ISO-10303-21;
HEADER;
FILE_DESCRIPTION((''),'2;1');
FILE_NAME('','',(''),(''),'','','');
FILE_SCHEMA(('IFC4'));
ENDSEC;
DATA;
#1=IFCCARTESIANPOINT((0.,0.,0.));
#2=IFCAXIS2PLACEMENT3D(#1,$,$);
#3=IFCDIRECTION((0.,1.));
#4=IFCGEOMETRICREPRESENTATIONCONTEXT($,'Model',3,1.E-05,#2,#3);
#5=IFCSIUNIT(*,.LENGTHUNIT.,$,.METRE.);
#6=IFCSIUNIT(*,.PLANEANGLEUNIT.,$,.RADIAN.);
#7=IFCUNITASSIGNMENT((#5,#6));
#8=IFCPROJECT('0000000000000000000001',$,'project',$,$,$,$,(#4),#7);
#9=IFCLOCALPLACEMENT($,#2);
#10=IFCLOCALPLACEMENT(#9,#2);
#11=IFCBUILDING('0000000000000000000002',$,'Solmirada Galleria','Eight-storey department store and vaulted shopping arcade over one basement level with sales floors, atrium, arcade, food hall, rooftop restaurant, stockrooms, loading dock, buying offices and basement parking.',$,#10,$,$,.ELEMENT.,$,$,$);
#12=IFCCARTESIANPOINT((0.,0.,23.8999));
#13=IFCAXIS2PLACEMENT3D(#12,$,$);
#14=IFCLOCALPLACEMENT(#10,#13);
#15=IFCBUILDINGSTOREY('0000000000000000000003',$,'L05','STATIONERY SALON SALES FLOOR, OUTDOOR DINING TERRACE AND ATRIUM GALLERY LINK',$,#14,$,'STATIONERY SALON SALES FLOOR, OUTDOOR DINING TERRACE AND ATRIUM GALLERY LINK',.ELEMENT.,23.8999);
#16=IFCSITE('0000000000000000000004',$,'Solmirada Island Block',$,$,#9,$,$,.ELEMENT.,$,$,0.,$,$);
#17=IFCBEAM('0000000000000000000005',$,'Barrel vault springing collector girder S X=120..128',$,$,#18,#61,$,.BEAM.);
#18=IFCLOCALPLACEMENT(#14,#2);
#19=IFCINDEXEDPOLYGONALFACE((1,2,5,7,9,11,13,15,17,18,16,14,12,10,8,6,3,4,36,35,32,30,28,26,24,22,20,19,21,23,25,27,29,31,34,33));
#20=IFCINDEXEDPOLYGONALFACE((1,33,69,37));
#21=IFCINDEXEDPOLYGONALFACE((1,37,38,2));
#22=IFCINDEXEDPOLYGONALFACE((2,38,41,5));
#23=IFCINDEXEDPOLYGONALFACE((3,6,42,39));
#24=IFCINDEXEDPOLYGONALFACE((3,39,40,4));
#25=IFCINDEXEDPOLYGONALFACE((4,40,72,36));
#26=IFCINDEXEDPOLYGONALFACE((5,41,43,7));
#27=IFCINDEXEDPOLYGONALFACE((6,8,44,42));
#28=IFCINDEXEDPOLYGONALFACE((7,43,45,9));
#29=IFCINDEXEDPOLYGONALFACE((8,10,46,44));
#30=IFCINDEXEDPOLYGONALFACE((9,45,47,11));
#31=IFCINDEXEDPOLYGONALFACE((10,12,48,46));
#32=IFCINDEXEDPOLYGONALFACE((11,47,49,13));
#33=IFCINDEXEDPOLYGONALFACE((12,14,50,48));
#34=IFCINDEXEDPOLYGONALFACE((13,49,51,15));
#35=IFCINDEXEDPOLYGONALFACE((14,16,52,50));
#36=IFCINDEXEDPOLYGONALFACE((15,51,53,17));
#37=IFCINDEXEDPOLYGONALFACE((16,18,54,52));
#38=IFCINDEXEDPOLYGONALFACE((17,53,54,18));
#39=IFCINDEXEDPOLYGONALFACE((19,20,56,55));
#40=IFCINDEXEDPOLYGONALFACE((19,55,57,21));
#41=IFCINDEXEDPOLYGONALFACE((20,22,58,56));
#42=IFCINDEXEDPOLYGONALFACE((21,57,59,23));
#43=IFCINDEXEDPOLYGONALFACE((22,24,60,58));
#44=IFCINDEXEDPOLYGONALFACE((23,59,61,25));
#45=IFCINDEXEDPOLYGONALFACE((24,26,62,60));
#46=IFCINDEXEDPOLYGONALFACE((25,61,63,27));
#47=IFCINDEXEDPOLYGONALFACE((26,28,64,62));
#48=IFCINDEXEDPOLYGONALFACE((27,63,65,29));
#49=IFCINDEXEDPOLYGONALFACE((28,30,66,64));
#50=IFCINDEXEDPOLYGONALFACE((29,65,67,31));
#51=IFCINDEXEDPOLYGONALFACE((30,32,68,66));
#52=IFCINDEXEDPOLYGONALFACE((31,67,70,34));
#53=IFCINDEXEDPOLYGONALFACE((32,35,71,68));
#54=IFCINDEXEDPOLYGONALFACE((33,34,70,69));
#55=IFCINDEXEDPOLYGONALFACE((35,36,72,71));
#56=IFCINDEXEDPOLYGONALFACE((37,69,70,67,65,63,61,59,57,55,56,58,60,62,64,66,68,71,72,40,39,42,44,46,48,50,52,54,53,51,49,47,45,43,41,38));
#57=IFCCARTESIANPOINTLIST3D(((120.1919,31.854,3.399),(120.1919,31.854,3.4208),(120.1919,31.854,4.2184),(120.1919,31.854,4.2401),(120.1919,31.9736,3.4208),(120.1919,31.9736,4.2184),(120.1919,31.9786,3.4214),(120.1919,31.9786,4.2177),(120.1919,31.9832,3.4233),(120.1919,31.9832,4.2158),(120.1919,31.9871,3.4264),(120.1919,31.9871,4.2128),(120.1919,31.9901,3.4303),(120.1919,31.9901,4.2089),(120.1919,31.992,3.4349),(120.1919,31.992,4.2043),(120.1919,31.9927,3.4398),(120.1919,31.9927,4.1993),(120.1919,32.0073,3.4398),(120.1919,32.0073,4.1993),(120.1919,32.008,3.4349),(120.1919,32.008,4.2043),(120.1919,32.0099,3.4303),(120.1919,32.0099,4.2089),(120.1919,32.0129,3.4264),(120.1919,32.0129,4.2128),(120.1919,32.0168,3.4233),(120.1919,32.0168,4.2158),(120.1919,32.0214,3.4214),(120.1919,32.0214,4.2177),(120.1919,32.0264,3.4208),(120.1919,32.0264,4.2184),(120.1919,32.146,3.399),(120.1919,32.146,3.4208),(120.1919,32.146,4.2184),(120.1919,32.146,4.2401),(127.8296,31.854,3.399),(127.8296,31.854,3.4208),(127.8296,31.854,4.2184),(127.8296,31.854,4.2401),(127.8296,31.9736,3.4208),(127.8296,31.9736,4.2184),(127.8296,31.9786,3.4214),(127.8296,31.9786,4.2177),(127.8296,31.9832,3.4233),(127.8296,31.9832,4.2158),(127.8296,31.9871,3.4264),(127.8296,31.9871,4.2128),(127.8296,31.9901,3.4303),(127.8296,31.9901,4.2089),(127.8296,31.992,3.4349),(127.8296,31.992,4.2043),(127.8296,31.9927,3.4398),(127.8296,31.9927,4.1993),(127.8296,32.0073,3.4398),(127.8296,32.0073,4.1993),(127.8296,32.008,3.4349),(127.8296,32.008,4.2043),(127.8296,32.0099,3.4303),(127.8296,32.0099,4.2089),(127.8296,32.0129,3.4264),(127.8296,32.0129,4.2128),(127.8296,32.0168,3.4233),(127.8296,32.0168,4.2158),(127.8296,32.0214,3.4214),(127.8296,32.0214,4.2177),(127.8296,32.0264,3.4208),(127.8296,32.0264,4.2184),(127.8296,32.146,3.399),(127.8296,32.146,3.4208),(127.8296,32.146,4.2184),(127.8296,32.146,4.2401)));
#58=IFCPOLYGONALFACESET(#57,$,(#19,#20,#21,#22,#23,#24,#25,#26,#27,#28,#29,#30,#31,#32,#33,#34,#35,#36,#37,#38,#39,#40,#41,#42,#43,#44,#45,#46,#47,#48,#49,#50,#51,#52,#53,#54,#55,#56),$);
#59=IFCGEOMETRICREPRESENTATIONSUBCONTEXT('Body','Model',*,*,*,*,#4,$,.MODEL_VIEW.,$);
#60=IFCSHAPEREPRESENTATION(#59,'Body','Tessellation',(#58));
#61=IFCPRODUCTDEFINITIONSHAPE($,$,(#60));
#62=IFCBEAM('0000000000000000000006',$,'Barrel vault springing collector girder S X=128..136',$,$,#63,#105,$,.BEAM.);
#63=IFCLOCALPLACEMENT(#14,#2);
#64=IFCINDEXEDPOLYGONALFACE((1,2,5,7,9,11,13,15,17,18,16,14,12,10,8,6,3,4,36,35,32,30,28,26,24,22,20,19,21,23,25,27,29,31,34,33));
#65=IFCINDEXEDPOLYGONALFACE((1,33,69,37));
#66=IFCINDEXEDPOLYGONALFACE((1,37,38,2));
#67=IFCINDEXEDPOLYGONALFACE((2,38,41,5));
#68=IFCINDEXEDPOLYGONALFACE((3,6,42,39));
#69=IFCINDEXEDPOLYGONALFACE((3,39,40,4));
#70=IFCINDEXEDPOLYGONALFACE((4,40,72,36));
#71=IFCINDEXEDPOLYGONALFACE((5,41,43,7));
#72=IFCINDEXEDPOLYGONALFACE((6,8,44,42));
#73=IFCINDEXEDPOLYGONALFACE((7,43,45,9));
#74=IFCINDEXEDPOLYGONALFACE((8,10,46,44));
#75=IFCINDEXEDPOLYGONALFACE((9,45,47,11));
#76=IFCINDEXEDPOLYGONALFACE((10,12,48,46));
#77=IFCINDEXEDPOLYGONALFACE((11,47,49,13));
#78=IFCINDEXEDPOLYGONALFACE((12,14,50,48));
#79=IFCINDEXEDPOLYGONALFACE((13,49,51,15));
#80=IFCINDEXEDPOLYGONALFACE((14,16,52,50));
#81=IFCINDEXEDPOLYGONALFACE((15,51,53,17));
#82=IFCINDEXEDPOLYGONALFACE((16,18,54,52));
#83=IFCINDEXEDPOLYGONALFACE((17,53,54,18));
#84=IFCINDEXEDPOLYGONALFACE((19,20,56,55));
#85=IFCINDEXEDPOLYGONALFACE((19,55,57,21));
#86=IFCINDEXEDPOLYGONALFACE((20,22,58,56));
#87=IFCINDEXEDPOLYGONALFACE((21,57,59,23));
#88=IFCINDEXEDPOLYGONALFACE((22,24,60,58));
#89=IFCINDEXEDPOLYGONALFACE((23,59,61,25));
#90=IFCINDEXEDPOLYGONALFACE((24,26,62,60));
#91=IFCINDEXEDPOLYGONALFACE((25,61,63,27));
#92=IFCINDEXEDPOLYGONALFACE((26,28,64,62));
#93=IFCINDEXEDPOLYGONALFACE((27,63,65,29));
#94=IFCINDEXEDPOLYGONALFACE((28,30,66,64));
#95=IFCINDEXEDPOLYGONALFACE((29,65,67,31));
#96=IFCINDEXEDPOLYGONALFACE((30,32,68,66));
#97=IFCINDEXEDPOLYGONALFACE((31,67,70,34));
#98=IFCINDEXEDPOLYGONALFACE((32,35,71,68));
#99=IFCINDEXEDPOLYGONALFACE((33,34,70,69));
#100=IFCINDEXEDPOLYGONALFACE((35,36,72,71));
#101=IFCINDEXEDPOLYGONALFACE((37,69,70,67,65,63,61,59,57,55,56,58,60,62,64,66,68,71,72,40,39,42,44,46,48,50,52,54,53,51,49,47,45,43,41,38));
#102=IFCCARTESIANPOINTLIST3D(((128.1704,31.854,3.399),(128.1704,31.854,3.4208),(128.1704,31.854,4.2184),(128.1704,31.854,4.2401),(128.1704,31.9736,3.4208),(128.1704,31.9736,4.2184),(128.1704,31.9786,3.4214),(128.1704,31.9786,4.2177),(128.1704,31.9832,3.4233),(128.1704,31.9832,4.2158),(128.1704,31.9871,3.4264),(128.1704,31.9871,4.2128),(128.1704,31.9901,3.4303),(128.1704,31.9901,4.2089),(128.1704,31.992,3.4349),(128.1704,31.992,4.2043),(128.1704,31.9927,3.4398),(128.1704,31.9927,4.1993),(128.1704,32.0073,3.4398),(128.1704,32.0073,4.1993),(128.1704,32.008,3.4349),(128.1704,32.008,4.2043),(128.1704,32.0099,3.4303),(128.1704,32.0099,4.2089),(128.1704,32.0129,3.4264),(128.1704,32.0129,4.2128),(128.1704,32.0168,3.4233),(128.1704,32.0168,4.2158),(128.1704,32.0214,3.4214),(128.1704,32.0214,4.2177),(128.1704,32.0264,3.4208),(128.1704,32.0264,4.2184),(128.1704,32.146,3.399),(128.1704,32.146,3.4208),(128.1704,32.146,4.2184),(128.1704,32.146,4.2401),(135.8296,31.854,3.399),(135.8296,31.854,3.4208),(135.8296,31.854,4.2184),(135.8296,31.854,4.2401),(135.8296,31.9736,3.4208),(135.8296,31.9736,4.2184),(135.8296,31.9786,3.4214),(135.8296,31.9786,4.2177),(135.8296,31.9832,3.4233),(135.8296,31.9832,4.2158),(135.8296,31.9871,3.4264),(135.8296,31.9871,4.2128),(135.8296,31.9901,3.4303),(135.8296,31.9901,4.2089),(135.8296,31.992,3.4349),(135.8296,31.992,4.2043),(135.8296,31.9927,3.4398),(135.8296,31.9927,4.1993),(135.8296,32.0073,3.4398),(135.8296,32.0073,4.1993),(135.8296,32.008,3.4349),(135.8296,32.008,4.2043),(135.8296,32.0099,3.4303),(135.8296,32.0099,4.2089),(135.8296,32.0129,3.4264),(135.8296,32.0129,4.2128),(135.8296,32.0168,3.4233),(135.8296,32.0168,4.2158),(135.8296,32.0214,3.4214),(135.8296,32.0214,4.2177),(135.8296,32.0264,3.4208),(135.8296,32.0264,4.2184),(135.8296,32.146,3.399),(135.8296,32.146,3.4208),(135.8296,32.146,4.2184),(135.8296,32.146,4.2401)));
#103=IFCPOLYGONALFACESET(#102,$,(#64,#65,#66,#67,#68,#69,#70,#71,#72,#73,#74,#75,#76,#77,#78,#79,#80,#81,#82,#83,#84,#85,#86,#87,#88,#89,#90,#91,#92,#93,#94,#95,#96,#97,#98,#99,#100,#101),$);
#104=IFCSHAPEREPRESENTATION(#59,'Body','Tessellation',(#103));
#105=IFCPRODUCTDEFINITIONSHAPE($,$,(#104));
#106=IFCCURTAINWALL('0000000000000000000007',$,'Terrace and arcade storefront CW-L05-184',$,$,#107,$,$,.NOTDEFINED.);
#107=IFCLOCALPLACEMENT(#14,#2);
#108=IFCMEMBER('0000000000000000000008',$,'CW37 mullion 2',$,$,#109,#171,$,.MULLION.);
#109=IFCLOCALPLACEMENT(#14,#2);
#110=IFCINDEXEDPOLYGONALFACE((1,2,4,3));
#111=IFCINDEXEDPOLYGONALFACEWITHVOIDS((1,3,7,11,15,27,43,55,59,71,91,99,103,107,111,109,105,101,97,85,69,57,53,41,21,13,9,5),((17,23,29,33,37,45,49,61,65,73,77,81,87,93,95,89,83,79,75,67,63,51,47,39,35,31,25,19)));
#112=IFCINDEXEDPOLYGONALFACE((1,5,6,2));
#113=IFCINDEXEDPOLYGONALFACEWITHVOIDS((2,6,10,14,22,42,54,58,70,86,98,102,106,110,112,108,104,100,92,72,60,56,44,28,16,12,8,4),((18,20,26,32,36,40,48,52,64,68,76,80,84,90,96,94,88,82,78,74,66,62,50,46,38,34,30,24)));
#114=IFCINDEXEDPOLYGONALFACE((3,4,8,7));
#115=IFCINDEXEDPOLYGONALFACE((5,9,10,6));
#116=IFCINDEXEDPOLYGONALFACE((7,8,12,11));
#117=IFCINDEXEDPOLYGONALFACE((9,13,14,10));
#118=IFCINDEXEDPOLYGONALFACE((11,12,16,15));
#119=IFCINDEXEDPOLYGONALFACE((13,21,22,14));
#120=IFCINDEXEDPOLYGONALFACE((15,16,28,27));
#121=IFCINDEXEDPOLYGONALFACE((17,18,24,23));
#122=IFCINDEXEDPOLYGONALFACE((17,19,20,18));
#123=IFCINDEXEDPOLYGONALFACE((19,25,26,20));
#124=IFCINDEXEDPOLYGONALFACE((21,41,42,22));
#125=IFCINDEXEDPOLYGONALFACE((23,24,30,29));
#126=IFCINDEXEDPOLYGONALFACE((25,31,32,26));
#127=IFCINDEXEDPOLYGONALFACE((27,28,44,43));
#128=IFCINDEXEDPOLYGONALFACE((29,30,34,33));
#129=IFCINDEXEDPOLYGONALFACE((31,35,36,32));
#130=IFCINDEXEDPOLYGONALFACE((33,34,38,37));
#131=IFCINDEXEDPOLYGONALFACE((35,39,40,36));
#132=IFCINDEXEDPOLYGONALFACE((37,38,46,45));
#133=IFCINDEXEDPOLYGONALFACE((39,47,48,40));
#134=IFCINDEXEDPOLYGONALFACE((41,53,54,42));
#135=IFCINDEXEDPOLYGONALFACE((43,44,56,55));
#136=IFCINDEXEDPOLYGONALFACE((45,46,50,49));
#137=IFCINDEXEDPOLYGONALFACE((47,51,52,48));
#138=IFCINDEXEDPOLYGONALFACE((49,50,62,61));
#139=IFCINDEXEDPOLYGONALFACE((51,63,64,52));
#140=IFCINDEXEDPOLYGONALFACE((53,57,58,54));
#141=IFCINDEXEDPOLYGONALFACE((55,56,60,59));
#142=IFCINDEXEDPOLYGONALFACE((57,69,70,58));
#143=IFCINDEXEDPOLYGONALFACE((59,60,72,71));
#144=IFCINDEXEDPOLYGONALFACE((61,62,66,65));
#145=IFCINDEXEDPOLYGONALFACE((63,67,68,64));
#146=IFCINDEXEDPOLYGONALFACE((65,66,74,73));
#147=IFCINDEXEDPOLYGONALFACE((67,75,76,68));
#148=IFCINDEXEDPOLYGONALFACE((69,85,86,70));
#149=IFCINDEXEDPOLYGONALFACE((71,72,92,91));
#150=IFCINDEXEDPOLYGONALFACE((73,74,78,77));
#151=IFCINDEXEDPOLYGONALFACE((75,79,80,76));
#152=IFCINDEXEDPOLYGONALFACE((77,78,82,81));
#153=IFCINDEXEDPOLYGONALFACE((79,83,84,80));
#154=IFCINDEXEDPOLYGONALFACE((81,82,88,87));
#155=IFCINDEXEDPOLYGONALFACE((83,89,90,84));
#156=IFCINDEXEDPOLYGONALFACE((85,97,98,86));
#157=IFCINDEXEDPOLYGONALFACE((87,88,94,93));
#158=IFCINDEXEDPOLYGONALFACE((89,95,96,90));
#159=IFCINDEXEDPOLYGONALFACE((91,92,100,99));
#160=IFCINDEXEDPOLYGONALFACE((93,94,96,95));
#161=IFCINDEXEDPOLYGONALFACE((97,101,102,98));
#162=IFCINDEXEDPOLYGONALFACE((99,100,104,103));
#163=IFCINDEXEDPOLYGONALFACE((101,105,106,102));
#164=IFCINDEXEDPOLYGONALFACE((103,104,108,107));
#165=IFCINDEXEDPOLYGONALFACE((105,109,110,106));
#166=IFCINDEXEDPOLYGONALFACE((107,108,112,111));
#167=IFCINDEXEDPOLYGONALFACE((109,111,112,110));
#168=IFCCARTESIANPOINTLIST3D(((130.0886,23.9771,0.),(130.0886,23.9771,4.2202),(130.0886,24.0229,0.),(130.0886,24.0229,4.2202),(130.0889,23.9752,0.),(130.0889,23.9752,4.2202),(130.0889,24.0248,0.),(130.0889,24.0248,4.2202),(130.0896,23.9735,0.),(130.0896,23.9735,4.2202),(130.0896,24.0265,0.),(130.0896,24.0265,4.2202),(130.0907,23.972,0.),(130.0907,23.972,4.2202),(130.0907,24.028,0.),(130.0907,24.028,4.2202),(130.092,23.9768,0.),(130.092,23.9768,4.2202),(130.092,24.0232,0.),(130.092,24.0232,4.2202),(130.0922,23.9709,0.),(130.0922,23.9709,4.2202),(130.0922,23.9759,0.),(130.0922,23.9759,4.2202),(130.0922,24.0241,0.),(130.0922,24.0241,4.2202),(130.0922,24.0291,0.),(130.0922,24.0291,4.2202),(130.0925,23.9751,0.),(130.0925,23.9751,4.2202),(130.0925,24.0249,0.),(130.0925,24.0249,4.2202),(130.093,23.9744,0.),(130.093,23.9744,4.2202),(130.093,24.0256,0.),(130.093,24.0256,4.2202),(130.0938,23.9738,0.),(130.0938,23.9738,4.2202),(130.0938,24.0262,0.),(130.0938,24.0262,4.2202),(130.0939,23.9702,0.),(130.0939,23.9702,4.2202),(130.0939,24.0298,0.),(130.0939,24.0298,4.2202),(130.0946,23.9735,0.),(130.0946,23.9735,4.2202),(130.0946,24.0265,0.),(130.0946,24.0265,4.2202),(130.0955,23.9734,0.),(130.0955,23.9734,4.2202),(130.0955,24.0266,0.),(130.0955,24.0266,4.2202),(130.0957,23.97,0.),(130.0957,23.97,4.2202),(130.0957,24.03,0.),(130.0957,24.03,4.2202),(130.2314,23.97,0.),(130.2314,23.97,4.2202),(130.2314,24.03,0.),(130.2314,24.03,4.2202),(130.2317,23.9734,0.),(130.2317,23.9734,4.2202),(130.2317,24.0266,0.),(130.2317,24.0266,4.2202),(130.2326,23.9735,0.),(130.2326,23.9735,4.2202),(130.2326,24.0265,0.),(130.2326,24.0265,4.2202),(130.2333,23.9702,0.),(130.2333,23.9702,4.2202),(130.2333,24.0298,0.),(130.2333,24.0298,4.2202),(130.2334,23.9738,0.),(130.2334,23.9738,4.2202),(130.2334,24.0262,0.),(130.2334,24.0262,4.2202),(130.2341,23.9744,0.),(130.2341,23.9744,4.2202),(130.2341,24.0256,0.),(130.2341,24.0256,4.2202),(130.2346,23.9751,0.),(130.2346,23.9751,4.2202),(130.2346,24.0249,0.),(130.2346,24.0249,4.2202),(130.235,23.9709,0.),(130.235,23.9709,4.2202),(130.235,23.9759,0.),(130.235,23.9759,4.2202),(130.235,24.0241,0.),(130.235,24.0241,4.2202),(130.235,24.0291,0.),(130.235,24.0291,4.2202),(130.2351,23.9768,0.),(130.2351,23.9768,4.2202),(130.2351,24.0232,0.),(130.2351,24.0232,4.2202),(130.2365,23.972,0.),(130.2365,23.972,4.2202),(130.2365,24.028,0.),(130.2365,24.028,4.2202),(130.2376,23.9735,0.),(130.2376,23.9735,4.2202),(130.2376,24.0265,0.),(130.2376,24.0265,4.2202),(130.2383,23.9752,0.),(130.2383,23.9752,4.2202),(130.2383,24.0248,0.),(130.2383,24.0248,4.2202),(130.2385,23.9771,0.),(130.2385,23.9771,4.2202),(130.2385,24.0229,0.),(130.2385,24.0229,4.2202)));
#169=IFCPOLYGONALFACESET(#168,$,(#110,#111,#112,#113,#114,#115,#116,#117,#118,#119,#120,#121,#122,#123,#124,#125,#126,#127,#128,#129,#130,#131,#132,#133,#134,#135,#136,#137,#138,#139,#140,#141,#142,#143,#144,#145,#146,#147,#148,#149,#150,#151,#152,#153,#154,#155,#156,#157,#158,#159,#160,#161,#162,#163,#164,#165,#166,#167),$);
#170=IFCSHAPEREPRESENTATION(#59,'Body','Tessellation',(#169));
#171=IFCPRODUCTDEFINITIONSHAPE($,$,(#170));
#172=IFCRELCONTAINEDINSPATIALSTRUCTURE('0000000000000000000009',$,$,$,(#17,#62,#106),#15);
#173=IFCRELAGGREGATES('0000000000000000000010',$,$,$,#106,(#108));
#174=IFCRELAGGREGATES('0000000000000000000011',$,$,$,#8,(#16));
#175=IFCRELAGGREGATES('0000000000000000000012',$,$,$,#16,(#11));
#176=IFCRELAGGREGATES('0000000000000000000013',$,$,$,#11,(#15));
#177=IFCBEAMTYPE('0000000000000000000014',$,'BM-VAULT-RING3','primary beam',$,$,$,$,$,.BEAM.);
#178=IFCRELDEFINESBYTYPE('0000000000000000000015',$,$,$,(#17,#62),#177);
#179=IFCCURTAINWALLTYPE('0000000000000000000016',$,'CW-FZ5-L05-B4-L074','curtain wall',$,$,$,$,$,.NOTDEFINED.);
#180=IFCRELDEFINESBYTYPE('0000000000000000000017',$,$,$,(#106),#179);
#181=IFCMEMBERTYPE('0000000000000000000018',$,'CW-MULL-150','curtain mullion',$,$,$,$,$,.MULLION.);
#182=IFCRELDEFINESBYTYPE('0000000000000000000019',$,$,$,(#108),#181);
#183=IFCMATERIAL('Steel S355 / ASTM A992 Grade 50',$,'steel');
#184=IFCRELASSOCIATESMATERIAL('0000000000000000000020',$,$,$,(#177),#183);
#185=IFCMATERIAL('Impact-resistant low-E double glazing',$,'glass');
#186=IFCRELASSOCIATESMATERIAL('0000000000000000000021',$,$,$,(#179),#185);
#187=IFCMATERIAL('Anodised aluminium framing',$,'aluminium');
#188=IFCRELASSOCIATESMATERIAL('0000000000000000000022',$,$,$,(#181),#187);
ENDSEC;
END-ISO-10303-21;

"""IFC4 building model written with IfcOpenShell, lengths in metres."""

from ifc_helpers import new_model, si_unit, direction, frame, origin, origin_2d, place, context, subcontext, project, spatial, hollow_rectangle, i_section, extrude, material, material_profile, profile_set, type_object, element, aggregate, save


model = new_model("IFC4")

# Units and contexts
model_context = context("Model", 3, precision=1e-05, world=origin(), true_north=direction((0.0, 1.0)))
body_context = subcontext(model_context, "Body", "Model", "MODEL_VIEW")
ifc_project = project(units=[si_unit("LENGTHUNIT", "METRE"), si_unit("PLANEANGLEUNIT", "RADIAN")], contexts=[model_context])

# Site, building, storey
site_placement = place(None, origin())
site = spatial("IfcSite", under=ifc_project, at=site_placement, Name="Solmirada Island Block", CompositionType="ELEMENT", RefElevation=0.0)
building_placement = place(site_placement, origin())
building = spatial("IfcBuilding", under=site, at=building_placement, Name="Solmirada Galleria", Description="Eight-storey department store and vaulted shopping arcade over one basement level with sales floors, atrium, arcade, food hall, rooftop restaurant, stockrooms, loading dock, buying offices and basement parking.", CompositionType="ELEMENT")
storey_placement = place(building_placement, frame((0.0, 0.0, 23.8999)))
storey = spatial("IfcBuildingStorey", under=building, at=storey_placement, Name="L05", Description="STATIONERY SALON SALES FLOOR, OUTDOOR DINING TERRACE AND ATRIUM GALLERY LINK", LongName="STATIONERY SALON SALES FLOOR, OUTDOOR DINING TERRACE AND ATRIUM GALLERY LINK", CompositionType="ELEMENT", Elevation=23.8999)

# Beams
ifc_material_1 = material(Name="Steel S355 / ASTM A992 Grade 50", Category="steel")
ifc_material_profile_1 = material_profile(ifc_material_1, i_section(OverallWidth=0.292, OverallDepth=0.8411, WebThickness=0.0146, FlangeThickness=0.0217, FilletRadius=0.019, at=origin_2d()), Name="W33X130")
ifc_profile_set_1 = profile_set([ifc_material_profile_1], Name="Steel S355 / ASTM A992 Grade 50")
beam_type = type_object("IfcBeamType", Name="BM-VAULT-RING3", Description="primary beam", PredefinedType="BEAM", material=ifc_profile_set_1)
beam_1_placement = place(storey_placement, frame((120.1919, 32.0, 3.8196), z_axis=(1.0, 0.0, 0.0), x_axis=(0.0, 1.0, 0.0)))
element("IfcBeam", 1, at=beam_1_placement, inside=storey, type_object=beam_type, Name="Barrel vault springing collector girder S X=120..128", PredefinedType="BEAM", context=body_context, shape_type="SweptSolid", body=[
    extrude(i_section(OverallWidth=0.292, OverallDepth=0.8411, WebThickness=0.0146, FlangeThickness=0.0217, FilletRadius=0.019, at=origin_2d()), origin(), (0.0, 0.0, 1.0), 7.6377),
])
beam_2_placement = place(storey_placement, frame((128.1704, 32.0, 3.8196), z_axis=(1.0, 0.0, 0.0), x_axis=(0.0, 1.0, 0.0)))
element("IfcBeam", 2, at=beam_2_placement, inside=storey, type_object=beam_type, Name="Barrel vault springing collector girder S X=128..136", PredefinedType="BEAM", context=body_context, shape_type="SweptSolid", body=[
    extrude(i_section(OverallWidth=0.292, OverallDepth=0.8411, WebThickness=0.0146, FlangeThickness=0.0217, FilletRadius=0.019, at=origin_2d()), origin(), (0.0, 0.0, 1.0), 7.6592),
])

# Curtain wall, member
ifc_material_2 = material(Name="Impact-resistant low-E double glazing", Category="glass")
curtain_wall_type = type_object("IfcCurtainWallType", Name="CW-FZ5-L05-B4-L074", Description="curtain wall", PredefinedType="NOTDEFINED", material=ifc_material_2)
curtain_wall_placement = place(storey_placement, origin())
curtain_wall = element("IfcCurtainWall", 3, at=curtain_wall_placement, inside=storey, type_object=curtain_wall_type, Name="Terrace and arcade storefront CW-L05-184", PredefinedType="NOTDEFINED")
ifc_material_3 = material(Name="Anodised aluminium framing", Category="aluminium")
ifc_material_profile_2 = material_profile(ifc_material_3, hollow_rectangle(XDim=0.0601, YDim=0.1499, WallThickness=0.0034, InnerFilletRadius=0.0034, OuterFilletRadius=0.0071, at=origin_2d()), Name="ALU-MULL-150X60")
ifc_profile_set_2 = profile_set([ifc_material_profile_2], Name="Anodised aluminium framing")
member_type_1 = type_object("IfcMemberType", Name="CW-MULL-150", Description="curtain mullion", PredefinedType="MULLION", material=ifc_profile_set_2)
member_1_placement = place(storey_placement, frame((130.1636, 24.0, 0.0), z_axis=(0.0, 0.0, 1.0), x_axis=(0.0, 1.0, 0.0)))
member_1 = element("IfcMember", 4, at=member_1_placement, type_object=member_type_1, Name="CW37 mullion 2", PredefinedType="MULLION", context=body_context, shape_type="SweptSolid", body=[
    extrude(hollow_rectangle(XDim=0.0601, YDim=0.1499, WallThickness=0.0034, InnerFilletRadius=0.0034, OuterFilletRadius=0.0071, at=origin_2d()), origin(), (0.0, 0.0, 1.0), 4.2202),
])
aggregate(curtain_wall, [member_1])

save(model, "model.ifc")
